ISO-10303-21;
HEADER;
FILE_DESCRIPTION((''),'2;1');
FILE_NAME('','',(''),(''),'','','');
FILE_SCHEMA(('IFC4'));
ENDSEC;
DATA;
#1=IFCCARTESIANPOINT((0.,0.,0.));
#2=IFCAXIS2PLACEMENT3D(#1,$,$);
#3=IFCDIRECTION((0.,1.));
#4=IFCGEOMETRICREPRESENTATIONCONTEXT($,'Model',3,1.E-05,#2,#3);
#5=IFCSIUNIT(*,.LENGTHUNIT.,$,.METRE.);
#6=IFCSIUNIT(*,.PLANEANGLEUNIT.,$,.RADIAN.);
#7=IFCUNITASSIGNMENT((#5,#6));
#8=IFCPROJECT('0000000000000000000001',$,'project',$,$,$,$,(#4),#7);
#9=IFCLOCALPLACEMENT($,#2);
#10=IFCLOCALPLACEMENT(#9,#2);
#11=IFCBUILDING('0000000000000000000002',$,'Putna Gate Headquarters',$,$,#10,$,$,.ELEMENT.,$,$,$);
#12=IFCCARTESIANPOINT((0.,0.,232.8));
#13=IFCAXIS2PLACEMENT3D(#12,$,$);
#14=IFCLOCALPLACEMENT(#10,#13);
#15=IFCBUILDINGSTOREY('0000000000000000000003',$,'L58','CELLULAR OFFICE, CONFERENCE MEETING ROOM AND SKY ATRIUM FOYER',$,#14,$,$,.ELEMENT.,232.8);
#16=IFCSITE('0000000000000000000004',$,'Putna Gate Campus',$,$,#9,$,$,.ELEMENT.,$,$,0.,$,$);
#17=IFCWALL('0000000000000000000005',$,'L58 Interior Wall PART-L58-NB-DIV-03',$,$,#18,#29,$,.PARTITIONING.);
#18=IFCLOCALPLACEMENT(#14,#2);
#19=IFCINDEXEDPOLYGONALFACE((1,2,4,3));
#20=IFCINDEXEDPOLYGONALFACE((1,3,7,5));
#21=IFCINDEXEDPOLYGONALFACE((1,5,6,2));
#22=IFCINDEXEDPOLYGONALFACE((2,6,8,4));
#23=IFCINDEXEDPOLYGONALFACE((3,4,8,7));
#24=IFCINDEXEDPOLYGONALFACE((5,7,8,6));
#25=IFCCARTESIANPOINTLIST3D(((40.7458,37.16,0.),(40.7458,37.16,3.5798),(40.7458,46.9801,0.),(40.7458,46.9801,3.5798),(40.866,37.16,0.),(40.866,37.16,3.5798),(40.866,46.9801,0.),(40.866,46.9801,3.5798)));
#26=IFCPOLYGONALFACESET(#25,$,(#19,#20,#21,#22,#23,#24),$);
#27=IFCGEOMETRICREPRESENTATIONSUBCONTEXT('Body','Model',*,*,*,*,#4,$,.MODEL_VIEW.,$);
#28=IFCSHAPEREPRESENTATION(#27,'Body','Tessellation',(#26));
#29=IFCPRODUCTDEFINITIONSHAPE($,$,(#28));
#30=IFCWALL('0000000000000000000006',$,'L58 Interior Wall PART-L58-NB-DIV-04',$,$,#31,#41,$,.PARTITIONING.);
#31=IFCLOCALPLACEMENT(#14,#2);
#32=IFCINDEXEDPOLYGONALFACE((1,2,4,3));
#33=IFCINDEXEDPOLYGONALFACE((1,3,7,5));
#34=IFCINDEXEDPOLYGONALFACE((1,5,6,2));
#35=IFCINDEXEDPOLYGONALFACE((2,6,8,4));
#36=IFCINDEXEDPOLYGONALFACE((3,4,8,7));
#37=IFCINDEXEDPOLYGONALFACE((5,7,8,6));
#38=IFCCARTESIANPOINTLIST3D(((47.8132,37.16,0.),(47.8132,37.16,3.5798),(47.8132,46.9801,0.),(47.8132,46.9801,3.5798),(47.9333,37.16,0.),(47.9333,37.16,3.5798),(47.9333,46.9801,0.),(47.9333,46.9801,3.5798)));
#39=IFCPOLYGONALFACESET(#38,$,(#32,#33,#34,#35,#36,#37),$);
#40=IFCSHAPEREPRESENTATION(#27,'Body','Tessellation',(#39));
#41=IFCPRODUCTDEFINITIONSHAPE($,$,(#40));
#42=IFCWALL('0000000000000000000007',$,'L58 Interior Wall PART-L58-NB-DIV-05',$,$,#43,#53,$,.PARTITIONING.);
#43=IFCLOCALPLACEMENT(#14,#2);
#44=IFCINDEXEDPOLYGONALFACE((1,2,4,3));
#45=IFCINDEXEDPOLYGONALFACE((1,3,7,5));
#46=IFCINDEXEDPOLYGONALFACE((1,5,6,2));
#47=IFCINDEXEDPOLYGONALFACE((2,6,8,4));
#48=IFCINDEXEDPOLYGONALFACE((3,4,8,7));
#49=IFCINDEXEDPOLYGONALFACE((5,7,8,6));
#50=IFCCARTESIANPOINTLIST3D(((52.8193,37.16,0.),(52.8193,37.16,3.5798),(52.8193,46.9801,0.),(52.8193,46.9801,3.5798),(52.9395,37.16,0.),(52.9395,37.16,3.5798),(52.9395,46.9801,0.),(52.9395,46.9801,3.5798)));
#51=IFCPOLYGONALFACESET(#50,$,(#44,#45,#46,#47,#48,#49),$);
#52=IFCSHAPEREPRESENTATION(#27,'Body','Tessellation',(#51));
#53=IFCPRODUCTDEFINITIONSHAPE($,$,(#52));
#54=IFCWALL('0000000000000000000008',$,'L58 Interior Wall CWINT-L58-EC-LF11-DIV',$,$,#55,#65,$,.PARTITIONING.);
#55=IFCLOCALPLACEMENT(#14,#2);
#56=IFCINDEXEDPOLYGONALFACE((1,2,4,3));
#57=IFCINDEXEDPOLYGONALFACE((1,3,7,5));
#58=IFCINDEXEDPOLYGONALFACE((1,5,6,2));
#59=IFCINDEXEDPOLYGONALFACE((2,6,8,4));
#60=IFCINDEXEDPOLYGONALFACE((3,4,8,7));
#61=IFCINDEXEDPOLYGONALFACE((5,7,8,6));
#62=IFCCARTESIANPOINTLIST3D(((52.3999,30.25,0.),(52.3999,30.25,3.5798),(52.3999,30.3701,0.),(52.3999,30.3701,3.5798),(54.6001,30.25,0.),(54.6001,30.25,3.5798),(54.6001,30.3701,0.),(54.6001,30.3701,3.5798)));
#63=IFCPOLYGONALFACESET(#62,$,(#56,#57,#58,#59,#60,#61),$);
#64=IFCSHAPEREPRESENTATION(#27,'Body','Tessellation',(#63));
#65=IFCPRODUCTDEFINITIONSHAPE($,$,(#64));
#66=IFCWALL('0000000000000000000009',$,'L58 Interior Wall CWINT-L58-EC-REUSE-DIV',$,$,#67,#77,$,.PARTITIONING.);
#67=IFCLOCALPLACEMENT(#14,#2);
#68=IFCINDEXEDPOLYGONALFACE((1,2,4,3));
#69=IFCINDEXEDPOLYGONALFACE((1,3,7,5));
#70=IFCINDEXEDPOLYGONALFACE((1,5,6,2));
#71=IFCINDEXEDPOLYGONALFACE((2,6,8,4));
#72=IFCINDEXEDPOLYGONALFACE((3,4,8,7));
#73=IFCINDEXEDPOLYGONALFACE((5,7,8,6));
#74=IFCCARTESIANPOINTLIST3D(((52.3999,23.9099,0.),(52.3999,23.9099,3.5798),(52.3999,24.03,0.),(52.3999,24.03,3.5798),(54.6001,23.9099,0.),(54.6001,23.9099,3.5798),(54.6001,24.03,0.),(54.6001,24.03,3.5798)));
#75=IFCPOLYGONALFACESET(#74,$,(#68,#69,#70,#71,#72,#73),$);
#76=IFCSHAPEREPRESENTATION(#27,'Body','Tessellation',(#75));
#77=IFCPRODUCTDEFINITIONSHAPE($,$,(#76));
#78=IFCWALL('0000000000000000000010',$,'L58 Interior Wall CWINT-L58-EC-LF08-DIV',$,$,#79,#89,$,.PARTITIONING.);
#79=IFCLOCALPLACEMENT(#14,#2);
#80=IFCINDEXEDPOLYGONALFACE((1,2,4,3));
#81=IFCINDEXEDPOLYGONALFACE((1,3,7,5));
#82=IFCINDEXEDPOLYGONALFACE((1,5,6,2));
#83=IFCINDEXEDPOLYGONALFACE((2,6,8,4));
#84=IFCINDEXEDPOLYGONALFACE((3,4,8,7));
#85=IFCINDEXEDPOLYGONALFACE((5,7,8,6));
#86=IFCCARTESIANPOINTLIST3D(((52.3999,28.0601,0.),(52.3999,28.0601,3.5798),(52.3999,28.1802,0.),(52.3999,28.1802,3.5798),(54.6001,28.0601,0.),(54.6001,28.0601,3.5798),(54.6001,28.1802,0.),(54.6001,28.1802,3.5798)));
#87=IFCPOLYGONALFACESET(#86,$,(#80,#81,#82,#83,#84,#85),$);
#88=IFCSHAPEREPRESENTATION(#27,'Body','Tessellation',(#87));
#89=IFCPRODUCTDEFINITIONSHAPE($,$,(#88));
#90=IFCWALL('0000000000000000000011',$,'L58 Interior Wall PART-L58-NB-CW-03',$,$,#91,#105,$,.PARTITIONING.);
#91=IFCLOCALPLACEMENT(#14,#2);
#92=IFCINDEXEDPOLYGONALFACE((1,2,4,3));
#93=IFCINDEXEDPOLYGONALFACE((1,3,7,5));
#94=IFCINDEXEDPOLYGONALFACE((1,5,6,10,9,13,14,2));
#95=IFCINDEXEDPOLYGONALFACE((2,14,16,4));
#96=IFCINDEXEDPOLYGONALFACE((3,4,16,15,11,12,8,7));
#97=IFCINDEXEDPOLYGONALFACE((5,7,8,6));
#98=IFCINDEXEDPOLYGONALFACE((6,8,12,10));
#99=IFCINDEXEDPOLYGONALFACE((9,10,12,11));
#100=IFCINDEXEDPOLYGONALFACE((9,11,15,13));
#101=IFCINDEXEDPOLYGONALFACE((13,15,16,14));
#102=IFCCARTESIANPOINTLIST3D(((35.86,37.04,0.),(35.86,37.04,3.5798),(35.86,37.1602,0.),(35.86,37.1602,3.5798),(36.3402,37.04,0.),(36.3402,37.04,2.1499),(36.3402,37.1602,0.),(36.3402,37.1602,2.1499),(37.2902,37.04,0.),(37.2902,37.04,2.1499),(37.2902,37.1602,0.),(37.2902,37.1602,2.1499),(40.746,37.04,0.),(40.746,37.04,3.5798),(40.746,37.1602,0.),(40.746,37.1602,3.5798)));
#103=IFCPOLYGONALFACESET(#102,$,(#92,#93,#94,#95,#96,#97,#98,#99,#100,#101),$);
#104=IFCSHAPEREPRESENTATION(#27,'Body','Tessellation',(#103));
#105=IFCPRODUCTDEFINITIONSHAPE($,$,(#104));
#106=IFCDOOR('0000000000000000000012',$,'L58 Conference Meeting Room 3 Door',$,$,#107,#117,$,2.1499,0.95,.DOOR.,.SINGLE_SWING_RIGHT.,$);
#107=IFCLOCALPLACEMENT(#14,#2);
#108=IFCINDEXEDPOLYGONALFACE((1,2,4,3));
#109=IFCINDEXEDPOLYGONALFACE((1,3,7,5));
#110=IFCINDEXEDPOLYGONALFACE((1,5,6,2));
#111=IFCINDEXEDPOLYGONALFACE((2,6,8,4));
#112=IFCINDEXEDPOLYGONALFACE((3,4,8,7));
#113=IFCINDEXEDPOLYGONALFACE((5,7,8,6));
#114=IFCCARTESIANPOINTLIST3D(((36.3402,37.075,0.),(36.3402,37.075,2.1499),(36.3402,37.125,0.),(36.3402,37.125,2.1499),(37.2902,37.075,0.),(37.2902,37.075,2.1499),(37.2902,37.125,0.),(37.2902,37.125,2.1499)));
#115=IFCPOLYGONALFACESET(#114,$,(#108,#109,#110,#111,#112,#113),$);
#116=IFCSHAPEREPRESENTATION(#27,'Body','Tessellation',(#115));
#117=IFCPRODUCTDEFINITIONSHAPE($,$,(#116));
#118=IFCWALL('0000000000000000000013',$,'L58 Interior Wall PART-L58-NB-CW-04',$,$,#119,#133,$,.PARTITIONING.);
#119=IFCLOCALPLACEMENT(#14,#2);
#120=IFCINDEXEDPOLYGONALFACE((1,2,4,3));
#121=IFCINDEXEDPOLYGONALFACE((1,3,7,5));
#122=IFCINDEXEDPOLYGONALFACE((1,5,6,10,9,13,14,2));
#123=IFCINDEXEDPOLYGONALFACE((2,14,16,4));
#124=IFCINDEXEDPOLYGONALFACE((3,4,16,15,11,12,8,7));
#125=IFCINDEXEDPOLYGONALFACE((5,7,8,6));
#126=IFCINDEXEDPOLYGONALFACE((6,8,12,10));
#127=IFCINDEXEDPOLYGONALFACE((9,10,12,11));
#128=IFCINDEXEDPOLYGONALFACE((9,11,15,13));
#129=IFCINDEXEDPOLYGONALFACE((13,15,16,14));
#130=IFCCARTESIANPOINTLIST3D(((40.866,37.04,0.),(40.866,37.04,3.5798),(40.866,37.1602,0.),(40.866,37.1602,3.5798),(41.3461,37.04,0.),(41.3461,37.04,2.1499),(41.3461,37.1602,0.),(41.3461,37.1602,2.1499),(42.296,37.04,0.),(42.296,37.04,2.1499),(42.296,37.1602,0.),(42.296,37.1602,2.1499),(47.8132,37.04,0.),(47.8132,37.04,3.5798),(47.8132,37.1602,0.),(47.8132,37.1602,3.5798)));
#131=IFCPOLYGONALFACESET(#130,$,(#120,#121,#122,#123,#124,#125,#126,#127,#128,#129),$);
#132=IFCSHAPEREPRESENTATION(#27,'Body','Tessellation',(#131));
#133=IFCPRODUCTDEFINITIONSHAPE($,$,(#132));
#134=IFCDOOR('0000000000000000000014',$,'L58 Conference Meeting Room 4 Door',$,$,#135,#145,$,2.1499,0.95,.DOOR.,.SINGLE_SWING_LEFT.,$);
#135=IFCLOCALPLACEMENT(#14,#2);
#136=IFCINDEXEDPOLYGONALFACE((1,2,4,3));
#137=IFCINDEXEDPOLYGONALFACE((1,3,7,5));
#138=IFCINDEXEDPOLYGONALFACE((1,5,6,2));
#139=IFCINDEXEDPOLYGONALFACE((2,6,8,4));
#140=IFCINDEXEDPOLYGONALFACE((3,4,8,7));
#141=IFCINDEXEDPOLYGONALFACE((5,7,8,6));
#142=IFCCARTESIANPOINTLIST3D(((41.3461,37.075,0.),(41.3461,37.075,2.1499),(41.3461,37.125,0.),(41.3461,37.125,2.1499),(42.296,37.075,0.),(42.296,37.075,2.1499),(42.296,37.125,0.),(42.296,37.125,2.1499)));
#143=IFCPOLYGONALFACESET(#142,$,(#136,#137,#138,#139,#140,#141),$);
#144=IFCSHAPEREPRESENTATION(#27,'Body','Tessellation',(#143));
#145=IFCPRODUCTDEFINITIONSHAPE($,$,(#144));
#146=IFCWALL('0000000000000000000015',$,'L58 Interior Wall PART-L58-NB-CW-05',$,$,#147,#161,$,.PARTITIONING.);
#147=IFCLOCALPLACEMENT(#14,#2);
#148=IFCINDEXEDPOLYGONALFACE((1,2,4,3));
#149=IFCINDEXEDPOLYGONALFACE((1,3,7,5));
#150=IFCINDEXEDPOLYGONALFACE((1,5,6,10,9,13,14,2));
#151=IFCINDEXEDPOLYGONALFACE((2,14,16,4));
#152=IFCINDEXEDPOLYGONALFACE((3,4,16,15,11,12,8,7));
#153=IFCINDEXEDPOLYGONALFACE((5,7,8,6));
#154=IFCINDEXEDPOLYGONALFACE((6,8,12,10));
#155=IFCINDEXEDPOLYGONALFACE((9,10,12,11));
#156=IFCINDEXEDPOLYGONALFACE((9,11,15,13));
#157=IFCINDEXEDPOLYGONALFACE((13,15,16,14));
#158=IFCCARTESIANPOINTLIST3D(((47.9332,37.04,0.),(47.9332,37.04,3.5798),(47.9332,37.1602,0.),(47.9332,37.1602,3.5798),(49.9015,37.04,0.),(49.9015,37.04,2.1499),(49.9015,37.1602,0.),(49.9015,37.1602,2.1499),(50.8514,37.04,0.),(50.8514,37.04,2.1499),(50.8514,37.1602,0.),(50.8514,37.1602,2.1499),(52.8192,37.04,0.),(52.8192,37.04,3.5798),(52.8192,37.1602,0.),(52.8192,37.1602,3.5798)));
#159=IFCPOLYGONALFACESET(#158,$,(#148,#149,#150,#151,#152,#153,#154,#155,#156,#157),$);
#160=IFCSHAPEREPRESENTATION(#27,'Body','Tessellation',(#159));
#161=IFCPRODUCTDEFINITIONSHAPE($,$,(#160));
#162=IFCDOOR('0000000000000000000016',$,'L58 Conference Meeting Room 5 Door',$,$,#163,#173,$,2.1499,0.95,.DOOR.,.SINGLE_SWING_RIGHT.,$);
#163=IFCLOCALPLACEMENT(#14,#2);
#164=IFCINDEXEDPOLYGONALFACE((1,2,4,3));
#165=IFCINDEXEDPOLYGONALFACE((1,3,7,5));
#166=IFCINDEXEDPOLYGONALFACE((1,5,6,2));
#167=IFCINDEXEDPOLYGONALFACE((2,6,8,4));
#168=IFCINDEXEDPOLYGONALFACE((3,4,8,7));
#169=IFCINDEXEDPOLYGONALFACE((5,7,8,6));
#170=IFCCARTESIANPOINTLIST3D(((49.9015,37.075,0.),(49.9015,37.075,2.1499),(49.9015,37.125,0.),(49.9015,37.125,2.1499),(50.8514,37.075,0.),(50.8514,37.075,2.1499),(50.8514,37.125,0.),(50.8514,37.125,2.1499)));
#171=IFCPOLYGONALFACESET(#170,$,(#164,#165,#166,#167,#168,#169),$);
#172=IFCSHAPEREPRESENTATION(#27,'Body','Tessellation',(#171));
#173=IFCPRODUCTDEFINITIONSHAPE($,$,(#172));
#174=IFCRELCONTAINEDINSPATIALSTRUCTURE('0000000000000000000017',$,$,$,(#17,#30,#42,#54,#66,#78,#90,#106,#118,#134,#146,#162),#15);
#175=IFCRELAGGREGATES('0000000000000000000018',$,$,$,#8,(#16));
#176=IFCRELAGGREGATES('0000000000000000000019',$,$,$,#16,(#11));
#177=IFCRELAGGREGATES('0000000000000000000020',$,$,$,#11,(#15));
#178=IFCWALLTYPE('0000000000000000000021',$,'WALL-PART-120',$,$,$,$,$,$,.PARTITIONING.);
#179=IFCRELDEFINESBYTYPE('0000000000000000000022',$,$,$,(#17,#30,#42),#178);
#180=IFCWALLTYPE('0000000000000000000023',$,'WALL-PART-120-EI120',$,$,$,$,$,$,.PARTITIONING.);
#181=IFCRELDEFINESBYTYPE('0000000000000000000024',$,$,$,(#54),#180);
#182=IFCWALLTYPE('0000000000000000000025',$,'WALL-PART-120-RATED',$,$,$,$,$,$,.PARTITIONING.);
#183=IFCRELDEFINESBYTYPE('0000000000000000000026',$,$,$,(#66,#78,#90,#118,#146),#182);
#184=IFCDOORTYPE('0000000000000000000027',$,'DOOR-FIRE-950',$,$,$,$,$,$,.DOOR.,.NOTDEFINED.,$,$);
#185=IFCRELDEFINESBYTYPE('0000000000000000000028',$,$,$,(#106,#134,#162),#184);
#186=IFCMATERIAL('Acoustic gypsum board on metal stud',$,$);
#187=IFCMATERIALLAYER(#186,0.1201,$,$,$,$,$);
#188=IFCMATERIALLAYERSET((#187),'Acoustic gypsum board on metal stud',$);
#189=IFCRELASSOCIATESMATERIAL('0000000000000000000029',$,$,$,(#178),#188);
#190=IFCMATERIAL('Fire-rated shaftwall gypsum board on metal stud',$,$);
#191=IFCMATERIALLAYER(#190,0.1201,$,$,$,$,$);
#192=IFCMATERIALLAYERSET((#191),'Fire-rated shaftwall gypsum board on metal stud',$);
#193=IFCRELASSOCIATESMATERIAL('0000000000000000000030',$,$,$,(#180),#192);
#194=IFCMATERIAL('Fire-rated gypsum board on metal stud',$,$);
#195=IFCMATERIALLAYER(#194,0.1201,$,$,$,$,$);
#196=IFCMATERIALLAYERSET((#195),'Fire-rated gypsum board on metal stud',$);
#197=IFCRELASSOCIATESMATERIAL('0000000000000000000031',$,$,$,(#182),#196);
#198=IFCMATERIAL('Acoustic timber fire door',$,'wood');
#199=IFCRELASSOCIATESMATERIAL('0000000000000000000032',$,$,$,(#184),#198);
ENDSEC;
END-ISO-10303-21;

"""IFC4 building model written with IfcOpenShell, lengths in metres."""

from ifc_helpers import new_model, si_unit, direction, frame, frame_2d, origin, place, context, subcontext, project, spatial, rectangle, extrude, material, layer, layer_set, type_object, element, fill, save


model = new_model("IFC4")

# Units and contexts
model_context = context("Model", 3, precision=1e-05, world=origin(), true_north=direction((0.0, 1.0)))
body_context = subcontext(model_context, "Body", "Model", "MODEL_VIEW")
ifc_project = project(units=[si_unit("LENGTHUNIT", "METRE"), si_unit("PLANEANGLEUNIT", "RADIAN")], contexts=[model_context])

# Site, building, storey
site_placement = place(None, origin())
site = spatial("IfcSite", under=ifc_project, at=site_placement, Name="Putna Gate Campus", CompositionType="ELEMENT", RefElevation=0.0)
building_placement = place(site_placement, origin())
building = spatial("IfcBuilding", under=site, at=building_placement, Name="Putna Gate Headquarters", CompositionType="ELEMENT")
storey_placement = place(building_placement, frame((0.0, 0.0, 232.8)))
storey = spatial("IfcBuildingStorey", under=building, at=storey_placement, Name="L58", Description="CELLULAR OFFICE, CONFERENCE MEETING ROOM AND SKY ATRIUM FOYER", CompositionType="ELEMENT", Elevation=232.8)

# Shared definitions
ifc_material_1 = material(Name="Acoustic gypsum board on metal stud")
ifc_layer_1 = layer(ifc_material_1, 0.1201)
ifc_layer_set_1 = layer_set([ifc_layer_1], Name="Acoustic gypsum board on metal stud")
wall_type_1 = type_object("IfcWallType", Name="WALL-PART-120", PredefinedType="PARTITIONING", material=ifc_layer_set_1)

# Walls
for number, where, z_axis, x_axis, name in (
    (1, (40.8059, 37.1599, 0.0), (0.0, 0.0, 1.0), (0.0, 1.0, 0.0), "L58 Interior Wall PART-L58-NB-DIV-03"),
    (2, (47.8733, 37.1599, 0.0), (0.0, 0.0, 1.0), (0.0, 1.0, 0.0), "L58 Interior Wall PART-L58-NB-DIV-04"),
    (3, (52.8794, 37.1599, 0.0), (0.0, 0.0, 1.0), (0.0, 1.0, 0.0), "L58 Interior Wall PART-L58-NB-DIV-05"),
):
    element("IfcWall", number, at=place(storey_placement, frame(where, z_axis=z_axis, x_axis=x_axis)), inside=storey, type_object=wall_type_1, Name=name, PredefinedType="PARTITIONING", context=body_context, shape_type="SweptSolid", body=[
        extrude(rectangle(XDim=9.8201, YDim=0.1201, at=frame_2d((4.9102, 0.0))), origin(), (0.0, 0.0, 1.0), 3.5798),
    ])
ifc_material_2 = material(Name="Fire-rated shaftwall gypsum board on metal stud")
ifc_layer_2 = layer(ifc_material_2, 0.1201)
ifc_layer_set_2 = layer_set([ifc_layer_2], Name="Fire-rated shaftwall gypsum board on metal stud")
wall_type_2 = type_object("IfcWallType", Name="WALL-PART-120-EI120", PredefinedType="PARTITIONING", material=ifc_layer_set_2)
wall_1_placement = place(storey_placement, frame((52.3999, 30.3101, 0.0), z_axis=(0.0, 0.0, 1.0), x_axis=(1.0, 0.0, 0.0)))
element("IfcWall", 4, at=wall_1_placement, inside=storey, type_object=wall_type_2, Name="L58 Interior Wall CWINT-L58-EC-LF11-DIV", PredefinedType="PARTITIONING", context=body_context, shape_type="SweptSolid", body=[
    extrude(rectangle(XDim=2.2002, YDim=0.1201, at=frame_2d((1.1001, 0.0))), origin(), (0.0, 0.0, 1.0), 3.5798),
])
ifc_material_3 = material(Name="Fire-rated gypsum board on metal stud")
ifc_layer_3 = layer(ifc_material_3, 0.1201)
ifc_layer_set_3 = layer_set([ifc_layer_3], Name="Fire-rated gypsum board on metal stud")
wall_type_3 = type_object("IfcWallType", Name="WALL-PART-120-RATED", PredefinedType="PARTITIONING", material=ifc_layer_set_3)
for number, where, z_axis, x_axis, name in (
    (5, (52.3999, 23.97, 0.0), (0.0, 0.0, 1.0), (1.0, 0.0, 0.0), "L58 Interior Wall CWINT-L58-EC-REUSE-DIV"),
    (6, (52.3999, 28.1201, 0.0), (0.0, 0.0, 1.0), (1.0, 0.0, 0.0), "L58 Interior Wall CWINT-L58-EC-LF08-DIV"),
):
    element("IfcWall", number, at=place(storey_placement, frame(where, z_axis=z_axis, x_axis=x_axis)), inside=storey, type_object=wall_type_3, Name=name, PredefinedType="PARTITIONING", context=body_context, shape_type="SweptSolid", body=[
        extrude(rectangle(XDim=2.2002, YDim=0.1201, at=frame_2d((1.1001, 0.0))), origin(), (0.0, 0.0, 1.0), 3.5798),
    ])

# Walls, openings, doors
wall_2_placement = place(storey_placement, frame((35.8601, 37.1001, 0.0), z_axis=(0.0, 0.0, 1.0), x_axis=(1.0, 0.0, 0.0)))
wall_2 = element("IfcWall", 7, at=wall_2_placement, inside=storey, type_object=wall_type_3, Name="L58 Interior Wall PART-L58-NB-CW-03", PredefinedType="PARTITIONING", context=body_context, shape_type="SweptSolid", body=[
    extrude(rectangle(XDim=4.886, YDim=0.1201, at=frame_2d((2.4429, 0.0))), origin(), (0.0, 0.0, 1.0), 3.5798),
])
opening_1_placement = place(wall_2_placement, frame((0.48, 0.0, 0.0)))
opening_1 = element("IfcOpeningElement", 8, at=opening_1_placement, cuts=wall_2, PredefinedType="OPENING", context=body_context, shape_type="SweptSolid", body=[
    extrude(rectangle(XDim=0.95, YDim=2.1499, at=frame_2d((0.4751, 1.075))), frame((0.0, 0.0701, 0.0), z_axis=(0.0, -1.0, 0.0), x_axis=(1.0, 0.0, 0.0)), (0.0, 0.0, 1.0), 0.1401),
])
ifc_material_4 = material(Name="Acoustic timber fire door", Category="wood")
door_type_1 = type_object("IfcDoorType", Name="DOOR-FIRE-950", OperationType="NOTDEFINED", PredefinedType="DOOR", material=ifc_material_4)
door_1_placement = place(opening_1_placement, origin())
door_1 = element("IfcDoor", 9, at=door_1_placement, inside=storey, type_object=door_type_1, Name="L58 Conference Meeting Room 3 Door", OperationType="SINGLE_SWING_RIGHT", OverallHeight=2.1499, OverallWidth=0.95, PredefinedType="DOOR", context=body_context, shape_type="SweptSolid", body=[
    extrude(rectangle(XDim=0.95, YDim=2.1499, at=frame_2d((0.4751, 1.075))), frame((0.0, 0.0249, 0.0), z_axis=(0.0, -1.0, 0.0), x_axis=(1.0, 0.0, 0.0)), (0.0, 0.0, 1.0), 0.05),
])
fill(opening_1, door_1)
wall_3_placement = place(storey_placement, frame((40.866, 37.1001, 0.0), z_axis=(0.0, 0.0, 1.0), x_axis=(1.0, 0.0, 0.0)))
wall_3 = element("IfcWall", 10, at=wall_3_placement, inside=storey, type_object=wall_type_3, Name="L58 Interior Wall PART-L58-NB-CW-04", PredefinedType="PARTITIONING", context=body_context, shape_type="SweptSolid", body=[
    extrude(rectangle(XDim=6.9473, YDim=0.1201, at=frame_2d((3.4736, 0.0))), origin(), (0.0, 0.0, 1.0), 3.5798),
])
opening_2_placement = place(wall_3_placement, frame((0.48, 0.0, 0.0)))
opening_2 = element("IfcOpeningElement", 11, at=opening_2_placement, cuts=wall_3, PredefinedType="OPENING", context=body_context, shape_type="SweptSolid", body=[
    extrude(rectangle(XDim=0.95, YDim=2.1499, at=frame_2d((0.4751, 1.075))), frame((0.0, 0.0701, 0.0), z_axis=(0.0, -1.0, 0.0), x_axis=(1.0, 0.0, 0.0)), (0.0, 0.0, 1.0), 0.1401),
])
door_2_placement = place(opening_2_placement, origin())
door_2 = element("IfcDoor", 12, at=door_2_placement, inside=storey, type_object=door_type_1, Name="L58 Conference Meeting Room 4 Door", OperationType="SINGLE_SWING_LEFT", OverallHeight=2.1499, OverallWidth=0.95, PredefinedType="DOOR", context=body_context, shape_type="SweptSolid", body=[
    extrude(rectangle(XDim=0.95, YDim=2.1499, at=frame_2d((0.4751, 1.075))), frame((0.0, 0.0249, 0.0), z_axis=(0.0, -1.0, 0.0), x_axis=(1.0, 0.0, 0.0)), (0.0, 0.0, 1.0), 0.05),
])
fill(opening_2, door_2)
wall_4_placement = place(storey_placement, frame((47.9333, 37.1001, 0.0), z_axis=(0.0, 0.0, 1.0), x_axis=(1.0, 0.0, 0.0)))
wall_4 = element("IfcWall", 13, at=wall_4_placement, inside=storey, type_object=wall_type_3, Name="L58 Interior Wall PART-L58-NB-CW-05", PredefinedType="PARTITIONING", context=body_context, shape_type="SweptSolid", body=[
    extrude(rectangle(XDim=4.886, YDim=0.1201, at=frame_2d((2.4429, 0.0))), origin(), (0.0, 0.0, 1.0), 3.5798),
])
opening_3_placement = place(wall_4_placement, frame((1.968, 0.0, 0.0)))
opening_3 = element("IfcOpeningElement", 14, at=opening_3_placement, cuts=wall_4, PredefinedType="OPENING", context=body_context, shape_type="SweptSolid", body=[
    extrude(rectangle(XDim=0.95, YDim=2.1499, at=frame_2d((0.4751, 1.075))), frame((0.0, 0.0701, 0.0), z_axis=(0.0, -1.0, 0.0), x_axis=(1.0, 0.0, 0.0)), (0.0, 0.0, 1.0), 0.1401),
])
door_3_placement = place(opening_3_placement, origin())
door_3 = element("IfcDoor", 15, at=door_3_placement, inside=storey, type_object=door_type_1, Name="L58 Conference Meeting Room 5 Door", OperationType="SINGLE_SWING_RIGHT", OverallHeight=2.1499, OverallWidth=0.95, PredefinedType="DOOR", context=body_context, shape_type="SweptSolid", body=[
    extrude(rectangle(XDim=0.95, YDim=2.1499, at=frame_2d((0.4751, 1.075))), frame((0.0, 0.0249, 0.0), z_axis=(0.0, -1.0, 0.0), x_axis=(1.0, 0.0, 0.0)), (0.0, 0.0, 1.0), 0.05),
])
fill(opening_3, door_3)

save(model, "model.ifc")
